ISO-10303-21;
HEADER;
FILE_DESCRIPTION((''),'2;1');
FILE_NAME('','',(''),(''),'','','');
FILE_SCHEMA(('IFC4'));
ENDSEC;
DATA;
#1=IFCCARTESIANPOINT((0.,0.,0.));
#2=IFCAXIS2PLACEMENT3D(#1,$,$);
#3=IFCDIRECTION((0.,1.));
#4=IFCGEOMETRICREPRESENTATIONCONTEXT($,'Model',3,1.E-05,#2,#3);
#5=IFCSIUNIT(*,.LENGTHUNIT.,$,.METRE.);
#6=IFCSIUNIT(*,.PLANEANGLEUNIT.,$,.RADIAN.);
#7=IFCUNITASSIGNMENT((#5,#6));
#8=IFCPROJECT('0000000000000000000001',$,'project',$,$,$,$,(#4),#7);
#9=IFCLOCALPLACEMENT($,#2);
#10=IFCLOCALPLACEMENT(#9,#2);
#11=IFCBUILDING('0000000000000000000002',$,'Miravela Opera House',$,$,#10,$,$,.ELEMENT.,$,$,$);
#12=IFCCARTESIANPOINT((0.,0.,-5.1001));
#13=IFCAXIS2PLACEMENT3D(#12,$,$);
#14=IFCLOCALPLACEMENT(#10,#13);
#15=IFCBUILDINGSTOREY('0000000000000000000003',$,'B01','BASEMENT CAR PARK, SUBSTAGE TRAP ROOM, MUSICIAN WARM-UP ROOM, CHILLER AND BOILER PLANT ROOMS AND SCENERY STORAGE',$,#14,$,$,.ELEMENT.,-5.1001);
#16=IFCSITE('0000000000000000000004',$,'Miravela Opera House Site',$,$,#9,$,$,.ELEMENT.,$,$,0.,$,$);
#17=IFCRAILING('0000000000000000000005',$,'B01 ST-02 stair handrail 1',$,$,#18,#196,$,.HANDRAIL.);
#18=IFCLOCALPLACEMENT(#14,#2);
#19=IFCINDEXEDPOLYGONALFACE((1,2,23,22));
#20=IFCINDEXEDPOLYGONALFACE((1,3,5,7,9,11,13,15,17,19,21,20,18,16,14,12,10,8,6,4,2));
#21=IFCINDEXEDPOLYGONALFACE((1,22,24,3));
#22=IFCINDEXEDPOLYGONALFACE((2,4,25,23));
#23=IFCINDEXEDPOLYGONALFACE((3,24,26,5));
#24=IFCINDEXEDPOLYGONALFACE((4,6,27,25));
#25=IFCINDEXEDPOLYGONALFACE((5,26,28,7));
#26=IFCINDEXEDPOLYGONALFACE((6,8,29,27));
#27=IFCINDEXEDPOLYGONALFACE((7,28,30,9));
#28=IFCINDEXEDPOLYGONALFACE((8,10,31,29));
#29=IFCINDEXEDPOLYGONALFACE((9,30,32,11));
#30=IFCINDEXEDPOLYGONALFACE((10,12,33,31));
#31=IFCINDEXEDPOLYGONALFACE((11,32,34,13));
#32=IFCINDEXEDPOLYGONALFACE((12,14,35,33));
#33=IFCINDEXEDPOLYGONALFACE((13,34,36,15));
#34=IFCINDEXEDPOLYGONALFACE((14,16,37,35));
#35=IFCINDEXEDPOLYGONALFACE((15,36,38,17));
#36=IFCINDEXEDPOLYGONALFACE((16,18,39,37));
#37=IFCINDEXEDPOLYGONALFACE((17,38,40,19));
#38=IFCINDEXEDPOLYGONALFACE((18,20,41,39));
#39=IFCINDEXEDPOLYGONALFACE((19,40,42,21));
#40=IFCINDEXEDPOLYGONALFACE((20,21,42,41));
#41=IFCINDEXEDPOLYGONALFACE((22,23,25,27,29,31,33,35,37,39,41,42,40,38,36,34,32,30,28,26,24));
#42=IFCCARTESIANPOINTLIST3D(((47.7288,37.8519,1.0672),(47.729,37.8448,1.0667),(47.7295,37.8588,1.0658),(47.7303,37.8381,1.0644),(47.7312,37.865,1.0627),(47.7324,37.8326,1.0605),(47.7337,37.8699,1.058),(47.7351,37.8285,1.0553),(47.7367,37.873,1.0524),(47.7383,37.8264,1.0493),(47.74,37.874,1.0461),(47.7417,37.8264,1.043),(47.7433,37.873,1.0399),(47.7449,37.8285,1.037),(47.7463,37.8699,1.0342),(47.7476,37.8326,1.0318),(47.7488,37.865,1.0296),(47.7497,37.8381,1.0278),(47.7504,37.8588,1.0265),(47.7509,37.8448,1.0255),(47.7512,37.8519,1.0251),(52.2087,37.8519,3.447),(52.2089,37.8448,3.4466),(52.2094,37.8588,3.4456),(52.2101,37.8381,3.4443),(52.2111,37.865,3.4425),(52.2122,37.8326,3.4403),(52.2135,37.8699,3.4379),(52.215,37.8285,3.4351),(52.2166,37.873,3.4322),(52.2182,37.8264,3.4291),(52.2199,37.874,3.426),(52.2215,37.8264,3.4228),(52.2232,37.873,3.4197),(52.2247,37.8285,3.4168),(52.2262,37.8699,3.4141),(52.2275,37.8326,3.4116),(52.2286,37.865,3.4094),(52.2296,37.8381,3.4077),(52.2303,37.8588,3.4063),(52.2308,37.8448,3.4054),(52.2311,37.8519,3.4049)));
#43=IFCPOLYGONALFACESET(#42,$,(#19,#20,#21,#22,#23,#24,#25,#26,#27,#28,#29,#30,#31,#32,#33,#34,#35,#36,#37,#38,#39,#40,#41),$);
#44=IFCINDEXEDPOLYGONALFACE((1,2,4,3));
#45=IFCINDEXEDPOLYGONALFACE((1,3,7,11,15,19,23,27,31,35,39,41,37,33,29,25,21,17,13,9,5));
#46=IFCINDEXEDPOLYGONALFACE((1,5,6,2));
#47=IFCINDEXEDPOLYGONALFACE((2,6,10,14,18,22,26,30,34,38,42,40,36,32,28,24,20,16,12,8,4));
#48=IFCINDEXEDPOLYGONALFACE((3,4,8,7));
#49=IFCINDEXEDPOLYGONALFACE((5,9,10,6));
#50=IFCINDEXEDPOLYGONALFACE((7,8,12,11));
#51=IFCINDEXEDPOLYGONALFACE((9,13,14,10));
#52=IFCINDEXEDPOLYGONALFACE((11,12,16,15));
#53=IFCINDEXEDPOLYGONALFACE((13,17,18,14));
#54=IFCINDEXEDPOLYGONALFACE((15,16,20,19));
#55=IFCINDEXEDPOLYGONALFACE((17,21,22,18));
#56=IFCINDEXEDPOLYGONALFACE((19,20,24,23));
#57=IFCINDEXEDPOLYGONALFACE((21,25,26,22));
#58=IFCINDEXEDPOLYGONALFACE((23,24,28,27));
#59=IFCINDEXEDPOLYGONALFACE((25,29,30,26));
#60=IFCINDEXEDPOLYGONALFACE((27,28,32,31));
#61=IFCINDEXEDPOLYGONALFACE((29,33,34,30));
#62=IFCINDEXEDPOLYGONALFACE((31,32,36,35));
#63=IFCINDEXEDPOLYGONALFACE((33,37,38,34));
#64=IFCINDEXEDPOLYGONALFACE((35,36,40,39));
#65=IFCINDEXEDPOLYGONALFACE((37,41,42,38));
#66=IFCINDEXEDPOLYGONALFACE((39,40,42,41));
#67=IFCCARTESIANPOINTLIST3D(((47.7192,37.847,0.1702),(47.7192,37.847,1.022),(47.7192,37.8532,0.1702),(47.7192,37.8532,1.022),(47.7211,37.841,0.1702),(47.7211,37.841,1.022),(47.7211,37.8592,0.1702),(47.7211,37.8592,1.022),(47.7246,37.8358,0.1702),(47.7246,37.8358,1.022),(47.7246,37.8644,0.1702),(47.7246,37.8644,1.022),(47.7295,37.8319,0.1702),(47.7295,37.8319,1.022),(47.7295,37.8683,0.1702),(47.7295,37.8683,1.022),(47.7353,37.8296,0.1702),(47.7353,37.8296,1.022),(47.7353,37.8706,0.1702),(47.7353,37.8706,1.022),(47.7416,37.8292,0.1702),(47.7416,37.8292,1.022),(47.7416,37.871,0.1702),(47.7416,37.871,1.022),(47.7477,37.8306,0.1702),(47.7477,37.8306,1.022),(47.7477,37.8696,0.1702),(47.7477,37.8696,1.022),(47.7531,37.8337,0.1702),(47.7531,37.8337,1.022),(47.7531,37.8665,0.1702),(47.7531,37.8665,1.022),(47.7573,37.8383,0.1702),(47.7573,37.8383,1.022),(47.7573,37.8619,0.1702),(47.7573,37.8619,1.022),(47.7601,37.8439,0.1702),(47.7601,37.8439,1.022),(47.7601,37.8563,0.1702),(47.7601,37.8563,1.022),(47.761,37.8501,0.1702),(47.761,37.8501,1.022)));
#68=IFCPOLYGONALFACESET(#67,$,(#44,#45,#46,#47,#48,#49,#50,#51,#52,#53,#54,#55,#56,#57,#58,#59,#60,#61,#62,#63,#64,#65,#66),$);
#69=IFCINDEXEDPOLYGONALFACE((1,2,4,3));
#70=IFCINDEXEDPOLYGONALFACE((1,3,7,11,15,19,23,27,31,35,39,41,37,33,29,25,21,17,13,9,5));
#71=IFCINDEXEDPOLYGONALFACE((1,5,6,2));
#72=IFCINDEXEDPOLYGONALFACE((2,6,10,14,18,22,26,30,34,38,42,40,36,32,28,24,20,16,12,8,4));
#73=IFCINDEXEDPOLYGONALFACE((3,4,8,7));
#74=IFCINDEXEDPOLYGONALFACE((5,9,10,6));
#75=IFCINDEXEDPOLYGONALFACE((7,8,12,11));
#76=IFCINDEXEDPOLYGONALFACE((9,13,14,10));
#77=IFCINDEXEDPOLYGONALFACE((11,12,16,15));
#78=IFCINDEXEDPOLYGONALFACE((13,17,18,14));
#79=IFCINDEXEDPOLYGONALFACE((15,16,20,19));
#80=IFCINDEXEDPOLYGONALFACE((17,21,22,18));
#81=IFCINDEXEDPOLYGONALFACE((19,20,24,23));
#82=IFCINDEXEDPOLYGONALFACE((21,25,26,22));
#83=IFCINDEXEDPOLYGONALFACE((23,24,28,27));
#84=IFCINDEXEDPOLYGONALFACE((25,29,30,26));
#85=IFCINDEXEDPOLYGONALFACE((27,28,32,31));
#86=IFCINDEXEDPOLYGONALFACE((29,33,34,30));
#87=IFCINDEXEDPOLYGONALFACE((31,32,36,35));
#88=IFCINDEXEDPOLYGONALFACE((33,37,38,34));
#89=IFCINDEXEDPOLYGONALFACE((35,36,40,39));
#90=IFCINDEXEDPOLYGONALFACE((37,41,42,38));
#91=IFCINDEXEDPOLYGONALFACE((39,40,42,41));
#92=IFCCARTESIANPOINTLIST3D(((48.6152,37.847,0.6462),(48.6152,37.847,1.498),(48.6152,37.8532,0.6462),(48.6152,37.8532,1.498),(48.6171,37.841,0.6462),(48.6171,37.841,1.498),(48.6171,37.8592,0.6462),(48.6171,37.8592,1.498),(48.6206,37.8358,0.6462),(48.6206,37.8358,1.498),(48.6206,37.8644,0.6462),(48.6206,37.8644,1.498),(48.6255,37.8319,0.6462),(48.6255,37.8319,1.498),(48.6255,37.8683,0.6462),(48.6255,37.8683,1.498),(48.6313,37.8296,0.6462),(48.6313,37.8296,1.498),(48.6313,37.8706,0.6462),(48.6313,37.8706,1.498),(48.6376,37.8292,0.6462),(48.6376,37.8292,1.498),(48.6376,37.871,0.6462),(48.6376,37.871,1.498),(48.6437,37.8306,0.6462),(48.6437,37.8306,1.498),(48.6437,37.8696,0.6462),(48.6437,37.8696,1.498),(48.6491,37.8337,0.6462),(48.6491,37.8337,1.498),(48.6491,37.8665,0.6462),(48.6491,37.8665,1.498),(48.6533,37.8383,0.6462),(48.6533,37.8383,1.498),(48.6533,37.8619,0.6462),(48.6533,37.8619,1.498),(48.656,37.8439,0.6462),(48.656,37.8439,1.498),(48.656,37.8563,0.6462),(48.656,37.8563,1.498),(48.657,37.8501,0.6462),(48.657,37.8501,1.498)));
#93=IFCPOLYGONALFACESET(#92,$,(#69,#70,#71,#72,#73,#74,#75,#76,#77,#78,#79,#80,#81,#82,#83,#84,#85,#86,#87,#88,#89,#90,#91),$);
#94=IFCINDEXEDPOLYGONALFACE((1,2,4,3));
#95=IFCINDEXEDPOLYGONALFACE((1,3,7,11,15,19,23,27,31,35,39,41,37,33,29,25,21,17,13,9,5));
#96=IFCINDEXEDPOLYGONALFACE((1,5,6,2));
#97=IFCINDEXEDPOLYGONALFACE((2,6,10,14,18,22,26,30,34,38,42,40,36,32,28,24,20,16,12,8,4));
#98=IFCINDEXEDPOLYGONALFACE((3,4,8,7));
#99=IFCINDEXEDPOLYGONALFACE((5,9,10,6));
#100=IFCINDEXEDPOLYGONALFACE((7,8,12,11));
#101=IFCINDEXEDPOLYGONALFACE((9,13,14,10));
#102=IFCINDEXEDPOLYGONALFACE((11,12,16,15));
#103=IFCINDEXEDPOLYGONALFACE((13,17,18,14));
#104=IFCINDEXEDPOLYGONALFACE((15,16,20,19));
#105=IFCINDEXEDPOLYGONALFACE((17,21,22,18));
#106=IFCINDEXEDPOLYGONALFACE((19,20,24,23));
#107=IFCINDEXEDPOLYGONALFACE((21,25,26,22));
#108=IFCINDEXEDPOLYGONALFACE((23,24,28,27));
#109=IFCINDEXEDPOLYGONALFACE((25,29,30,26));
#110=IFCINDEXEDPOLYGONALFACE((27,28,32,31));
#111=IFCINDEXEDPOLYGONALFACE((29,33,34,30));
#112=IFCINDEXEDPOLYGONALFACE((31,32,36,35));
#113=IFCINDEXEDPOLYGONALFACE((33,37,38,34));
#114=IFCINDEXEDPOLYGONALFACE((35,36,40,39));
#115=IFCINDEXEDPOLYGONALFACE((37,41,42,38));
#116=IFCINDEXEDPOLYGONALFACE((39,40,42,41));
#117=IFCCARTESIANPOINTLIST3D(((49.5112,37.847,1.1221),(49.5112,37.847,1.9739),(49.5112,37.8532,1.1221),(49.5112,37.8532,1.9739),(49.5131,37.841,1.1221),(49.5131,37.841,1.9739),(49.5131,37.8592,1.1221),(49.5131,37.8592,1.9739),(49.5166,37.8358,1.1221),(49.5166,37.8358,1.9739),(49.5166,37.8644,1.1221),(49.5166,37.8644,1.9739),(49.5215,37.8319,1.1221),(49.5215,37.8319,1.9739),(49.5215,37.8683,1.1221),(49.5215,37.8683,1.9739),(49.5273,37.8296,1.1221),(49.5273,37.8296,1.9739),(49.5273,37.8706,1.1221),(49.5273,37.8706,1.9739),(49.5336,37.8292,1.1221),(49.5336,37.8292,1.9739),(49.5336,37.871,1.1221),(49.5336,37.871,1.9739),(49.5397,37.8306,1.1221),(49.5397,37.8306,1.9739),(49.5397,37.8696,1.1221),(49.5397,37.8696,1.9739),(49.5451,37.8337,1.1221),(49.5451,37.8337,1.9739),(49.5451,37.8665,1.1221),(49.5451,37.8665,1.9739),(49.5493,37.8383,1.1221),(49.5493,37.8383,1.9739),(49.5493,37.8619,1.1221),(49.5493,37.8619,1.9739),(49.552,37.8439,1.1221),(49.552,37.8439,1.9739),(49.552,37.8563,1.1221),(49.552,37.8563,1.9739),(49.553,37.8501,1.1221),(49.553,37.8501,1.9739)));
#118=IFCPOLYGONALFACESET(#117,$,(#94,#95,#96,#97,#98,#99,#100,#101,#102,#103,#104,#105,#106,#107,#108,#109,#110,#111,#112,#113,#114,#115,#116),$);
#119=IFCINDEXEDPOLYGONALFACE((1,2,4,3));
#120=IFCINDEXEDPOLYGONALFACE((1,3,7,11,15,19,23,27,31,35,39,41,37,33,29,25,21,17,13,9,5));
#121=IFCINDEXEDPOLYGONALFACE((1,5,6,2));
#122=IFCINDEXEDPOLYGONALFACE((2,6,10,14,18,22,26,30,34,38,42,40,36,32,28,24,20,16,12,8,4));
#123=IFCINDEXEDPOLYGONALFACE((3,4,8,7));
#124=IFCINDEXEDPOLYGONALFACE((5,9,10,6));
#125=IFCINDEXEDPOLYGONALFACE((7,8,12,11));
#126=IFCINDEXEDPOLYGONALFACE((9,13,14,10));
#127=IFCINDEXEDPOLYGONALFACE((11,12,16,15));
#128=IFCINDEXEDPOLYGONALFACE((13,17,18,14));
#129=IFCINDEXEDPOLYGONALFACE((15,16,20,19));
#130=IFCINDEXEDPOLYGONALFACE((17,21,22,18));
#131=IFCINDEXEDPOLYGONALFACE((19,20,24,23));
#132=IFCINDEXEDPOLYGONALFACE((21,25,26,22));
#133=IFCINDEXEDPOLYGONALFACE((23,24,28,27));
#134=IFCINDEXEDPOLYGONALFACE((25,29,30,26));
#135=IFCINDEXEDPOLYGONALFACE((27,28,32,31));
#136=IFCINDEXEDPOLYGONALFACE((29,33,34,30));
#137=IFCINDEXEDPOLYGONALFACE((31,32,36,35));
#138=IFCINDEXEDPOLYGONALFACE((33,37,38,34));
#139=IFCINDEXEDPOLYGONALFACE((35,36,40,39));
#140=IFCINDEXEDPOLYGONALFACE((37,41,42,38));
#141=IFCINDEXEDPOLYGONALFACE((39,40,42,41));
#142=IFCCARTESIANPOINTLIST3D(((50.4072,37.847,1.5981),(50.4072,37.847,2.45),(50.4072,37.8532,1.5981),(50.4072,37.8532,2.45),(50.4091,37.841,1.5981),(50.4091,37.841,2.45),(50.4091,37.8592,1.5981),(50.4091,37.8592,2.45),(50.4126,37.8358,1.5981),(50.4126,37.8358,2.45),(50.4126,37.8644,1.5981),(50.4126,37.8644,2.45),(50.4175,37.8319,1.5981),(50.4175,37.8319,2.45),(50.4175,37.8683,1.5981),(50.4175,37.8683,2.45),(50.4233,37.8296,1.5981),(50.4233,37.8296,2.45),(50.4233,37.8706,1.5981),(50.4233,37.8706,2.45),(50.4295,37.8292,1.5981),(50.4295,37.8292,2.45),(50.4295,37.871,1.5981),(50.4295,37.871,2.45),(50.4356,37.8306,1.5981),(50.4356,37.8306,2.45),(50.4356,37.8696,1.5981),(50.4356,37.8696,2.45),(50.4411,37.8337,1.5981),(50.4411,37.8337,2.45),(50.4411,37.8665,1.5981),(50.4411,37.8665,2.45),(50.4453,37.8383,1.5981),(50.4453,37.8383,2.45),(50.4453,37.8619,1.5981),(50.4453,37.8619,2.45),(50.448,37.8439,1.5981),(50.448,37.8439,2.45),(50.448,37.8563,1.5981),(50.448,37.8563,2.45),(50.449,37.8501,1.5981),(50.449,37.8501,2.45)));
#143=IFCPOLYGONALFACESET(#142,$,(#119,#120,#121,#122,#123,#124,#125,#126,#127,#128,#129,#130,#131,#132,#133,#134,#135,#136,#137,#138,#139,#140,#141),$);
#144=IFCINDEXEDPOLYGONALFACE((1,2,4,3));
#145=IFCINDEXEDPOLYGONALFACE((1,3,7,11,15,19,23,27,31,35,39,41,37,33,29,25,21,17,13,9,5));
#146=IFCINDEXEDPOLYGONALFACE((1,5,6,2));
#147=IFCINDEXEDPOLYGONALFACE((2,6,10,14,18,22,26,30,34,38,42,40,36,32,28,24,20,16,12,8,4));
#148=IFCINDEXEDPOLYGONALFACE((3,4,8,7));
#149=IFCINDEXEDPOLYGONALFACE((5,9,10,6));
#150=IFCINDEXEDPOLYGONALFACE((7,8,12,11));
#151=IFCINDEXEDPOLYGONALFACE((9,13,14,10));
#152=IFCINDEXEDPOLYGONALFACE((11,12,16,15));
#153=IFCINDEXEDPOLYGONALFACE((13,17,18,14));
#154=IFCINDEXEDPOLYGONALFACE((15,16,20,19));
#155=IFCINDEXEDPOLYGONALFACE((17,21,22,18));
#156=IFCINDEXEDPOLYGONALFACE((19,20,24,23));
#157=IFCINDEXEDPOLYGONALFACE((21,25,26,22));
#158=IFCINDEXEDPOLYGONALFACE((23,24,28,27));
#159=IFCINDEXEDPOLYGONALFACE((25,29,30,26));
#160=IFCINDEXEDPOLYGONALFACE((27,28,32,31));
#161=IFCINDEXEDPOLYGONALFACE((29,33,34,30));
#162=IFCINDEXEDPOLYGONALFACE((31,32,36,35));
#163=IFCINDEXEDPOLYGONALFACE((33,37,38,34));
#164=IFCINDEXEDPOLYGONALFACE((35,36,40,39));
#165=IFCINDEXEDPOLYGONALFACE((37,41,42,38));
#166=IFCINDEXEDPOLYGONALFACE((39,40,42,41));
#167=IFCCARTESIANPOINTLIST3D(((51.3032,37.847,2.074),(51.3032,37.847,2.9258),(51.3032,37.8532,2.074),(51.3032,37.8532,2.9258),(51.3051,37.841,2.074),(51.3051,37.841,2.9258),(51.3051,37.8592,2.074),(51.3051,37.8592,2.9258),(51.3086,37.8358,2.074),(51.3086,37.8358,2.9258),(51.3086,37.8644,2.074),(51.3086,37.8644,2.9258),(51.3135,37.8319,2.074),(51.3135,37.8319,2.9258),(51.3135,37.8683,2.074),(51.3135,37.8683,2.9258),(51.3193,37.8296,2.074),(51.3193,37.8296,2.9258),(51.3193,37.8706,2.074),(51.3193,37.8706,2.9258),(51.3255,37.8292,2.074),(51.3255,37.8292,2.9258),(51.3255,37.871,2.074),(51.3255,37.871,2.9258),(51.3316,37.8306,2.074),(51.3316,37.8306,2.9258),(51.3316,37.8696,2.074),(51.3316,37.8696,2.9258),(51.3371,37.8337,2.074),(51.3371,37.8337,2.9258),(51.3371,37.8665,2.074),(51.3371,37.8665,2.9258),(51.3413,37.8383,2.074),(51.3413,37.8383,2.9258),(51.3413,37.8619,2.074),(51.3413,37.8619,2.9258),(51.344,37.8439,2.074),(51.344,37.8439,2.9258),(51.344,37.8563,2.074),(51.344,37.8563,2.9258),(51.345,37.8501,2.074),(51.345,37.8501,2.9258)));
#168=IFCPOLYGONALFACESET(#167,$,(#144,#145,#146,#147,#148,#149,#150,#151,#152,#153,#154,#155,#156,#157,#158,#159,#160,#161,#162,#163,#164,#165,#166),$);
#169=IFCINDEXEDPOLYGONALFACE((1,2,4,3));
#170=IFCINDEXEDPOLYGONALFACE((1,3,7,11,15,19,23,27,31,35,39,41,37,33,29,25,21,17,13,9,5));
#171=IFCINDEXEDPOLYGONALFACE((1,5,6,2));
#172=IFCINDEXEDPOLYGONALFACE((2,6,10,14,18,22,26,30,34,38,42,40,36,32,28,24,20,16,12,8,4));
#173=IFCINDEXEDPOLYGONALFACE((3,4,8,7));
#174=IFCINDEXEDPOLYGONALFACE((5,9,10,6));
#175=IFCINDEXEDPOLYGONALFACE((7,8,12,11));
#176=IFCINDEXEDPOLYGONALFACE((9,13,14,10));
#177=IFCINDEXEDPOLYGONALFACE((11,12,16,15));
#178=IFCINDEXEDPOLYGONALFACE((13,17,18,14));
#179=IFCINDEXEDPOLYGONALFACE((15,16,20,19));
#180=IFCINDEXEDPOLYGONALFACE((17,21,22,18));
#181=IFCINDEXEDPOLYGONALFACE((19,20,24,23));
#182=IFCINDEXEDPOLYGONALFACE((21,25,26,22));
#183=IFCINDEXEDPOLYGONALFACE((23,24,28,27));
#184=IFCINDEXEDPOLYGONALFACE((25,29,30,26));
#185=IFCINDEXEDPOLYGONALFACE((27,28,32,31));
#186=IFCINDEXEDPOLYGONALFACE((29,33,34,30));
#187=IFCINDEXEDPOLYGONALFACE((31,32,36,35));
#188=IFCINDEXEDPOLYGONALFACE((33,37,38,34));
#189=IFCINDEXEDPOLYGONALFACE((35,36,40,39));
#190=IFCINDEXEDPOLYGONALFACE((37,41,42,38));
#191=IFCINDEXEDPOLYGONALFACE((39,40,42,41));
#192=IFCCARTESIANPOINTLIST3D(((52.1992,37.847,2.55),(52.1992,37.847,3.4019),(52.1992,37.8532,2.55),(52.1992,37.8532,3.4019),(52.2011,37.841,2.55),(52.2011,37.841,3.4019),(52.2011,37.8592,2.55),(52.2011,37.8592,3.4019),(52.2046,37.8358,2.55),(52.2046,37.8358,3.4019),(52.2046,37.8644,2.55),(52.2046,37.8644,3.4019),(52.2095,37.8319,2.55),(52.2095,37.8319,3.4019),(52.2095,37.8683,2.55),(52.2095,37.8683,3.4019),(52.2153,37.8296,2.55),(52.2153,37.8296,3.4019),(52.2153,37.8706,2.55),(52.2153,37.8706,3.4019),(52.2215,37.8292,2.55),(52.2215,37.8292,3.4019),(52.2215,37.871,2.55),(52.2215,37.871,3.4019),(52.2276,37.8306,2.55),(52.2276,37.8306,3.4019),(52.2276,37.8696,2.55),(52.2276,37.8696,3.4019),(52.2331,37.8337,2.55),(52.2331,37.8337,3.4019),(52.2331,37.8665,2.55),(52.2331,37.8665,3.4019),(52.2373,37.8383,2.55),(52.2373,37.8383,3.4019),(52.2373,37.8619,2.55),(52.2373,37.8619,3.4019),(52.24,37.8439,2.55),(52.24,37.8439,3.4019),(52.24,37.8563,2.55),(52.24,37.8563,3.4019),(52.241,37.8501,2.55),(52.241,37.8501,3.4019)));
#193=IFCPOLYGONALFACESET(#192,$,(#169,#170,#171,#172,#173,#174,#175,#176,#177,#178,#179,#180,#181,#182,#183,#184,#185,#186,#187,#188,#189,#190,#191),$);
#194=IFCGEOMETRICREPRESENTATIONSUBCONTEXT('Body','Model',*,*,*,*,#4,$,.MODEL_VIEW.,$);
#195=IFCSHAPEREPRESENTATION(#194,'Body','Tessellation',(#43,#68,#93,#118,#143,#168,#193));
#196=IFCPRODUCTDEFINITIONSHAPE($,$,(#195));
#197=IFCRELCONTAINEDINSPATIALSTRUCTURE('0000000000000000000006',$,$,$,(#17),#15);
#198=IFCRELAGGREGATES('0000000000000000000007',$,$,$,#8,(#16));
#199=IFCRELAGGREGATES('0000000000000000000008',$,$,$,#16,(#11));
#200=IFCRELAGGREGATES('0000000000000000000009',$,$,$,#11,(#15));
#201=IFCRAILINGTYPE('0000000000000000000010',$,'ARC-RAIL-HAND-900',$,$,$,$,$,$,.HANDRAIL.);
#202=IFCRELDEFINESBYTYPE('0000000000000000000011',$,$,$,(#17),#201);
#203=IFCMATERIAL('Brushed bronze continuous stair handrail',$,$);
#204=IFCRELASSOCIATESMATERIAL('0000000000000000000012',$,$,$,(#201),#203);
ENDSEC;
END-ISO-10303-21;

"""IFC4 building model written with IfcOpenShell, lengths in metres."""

from ifc_helpers import new_model, si_unit, direction, frame, origin, origin_2d, place, context, subcontext, project, spatial, circle, extrude, material, type_object, element, save


model = new_model("IFC4")

# Units and contexts
model_context = context("Model", 3, precision=1e-05, world=origin(), true_north=direction((0.0, 1.0)))
body_context = subcontext(model_context, "Body", "Model", "MODEL_VIEW")
ifc_project = project(units=[si_unit("LENGTHUNIT", "METRE"), si_unit("PLANEANGLEUNIT", "RADIAN")], contexts=[model_context])

# Site, building, storey
site_placement = place(None, origin())
site = spatial("IfcSite", under=ifc_project, at=site_placement, Name="Miravela Opera House Site", CompositionType="ELEMENT", RefElevation=0.0)
building_placement = place(site_placement, origin())
building = spatial("IfcBuilding", under=site, at=building_placement, Name="Miravela Opera House", CompositionType="ELEMENT")
storey_placement = place(building_placement, frame((0.0, 0.0, -5.1001)))
storey = spatial("IfcBuildingStorey", under=building, at=storey_placement, Name="B01", Description="BASEMENT CAR PARK, SUBSTAGE TRAP ROOM, MUSICIAN WARM-UP ROOM, CHILLER AND BOILER PLANT ROOMS AND SCENERY STORAGE", CompositionType="ELEMENT", Elevation=-5.1001)

# Railing
ifc_material_1 = material(Name="Brushed bronze continuous stair handrail")
railing_type_1 = type_object("IfcRailingType", Name="ARC-RAIL-HAND-900", PredefinedType="HANDRAIL", material=ifc_material_1)
railing_1_placement = place(storey_placement, frame((47.74, 37.8501, 0.1702)))
element("IfcRailing", 1, at=railing_1_placement, inside=storey, type_object=railing_type_1, Name="B01 ST-02 stair handrail 1", PredefinedType="HANDRAIL", context=body_context, shape_type="SweptSolid", body=[
    extrude(circle(Radius=0.0239, at=origin_2d()), frame((0.0, 0.0, 0.876), z_axis=(0.883124, 0.0, 0.469139), x_axis=(0.0, 1.0, 0.0)), (0.0, 0.0, 1.0), 5.0728),
    extrude(circle(Radius=0.021, at=origin_2d()), origin(), (0.0, 0.0, 1.0), 0.8518),
    extrude(circle(Radius=0.021, at=origin_2d()), frame((0.896, 0.0, 0.4761)), (0.0, 0.0, 1.0), 0.8518),
    extrude(circle(Radius=0.021, at=origin_2d()), frame((1.792, 0.0, 0.9519)), (0.0, 0.0, 1.0), 0.8518),
    extrude(circle(Radius=0.021, at=origin_2d()), frame((2.688, 0.0, 1.428)), (0.0, 0.0, 1.0), 0.8518),
    extrude(circle(Radius=0.021, at=origin_2d()), frame((3.584, 0.0, 1.9038)), (0.0, 0.0, 1.0), 0.8518),
    extrude(circle(Radius=0.021, at=origin_2d()), frame((4.48, 0.0, 2.3799)), (0.0, 0.0, 1.0), 0.8518),
])

save(model, "model.ifc")
